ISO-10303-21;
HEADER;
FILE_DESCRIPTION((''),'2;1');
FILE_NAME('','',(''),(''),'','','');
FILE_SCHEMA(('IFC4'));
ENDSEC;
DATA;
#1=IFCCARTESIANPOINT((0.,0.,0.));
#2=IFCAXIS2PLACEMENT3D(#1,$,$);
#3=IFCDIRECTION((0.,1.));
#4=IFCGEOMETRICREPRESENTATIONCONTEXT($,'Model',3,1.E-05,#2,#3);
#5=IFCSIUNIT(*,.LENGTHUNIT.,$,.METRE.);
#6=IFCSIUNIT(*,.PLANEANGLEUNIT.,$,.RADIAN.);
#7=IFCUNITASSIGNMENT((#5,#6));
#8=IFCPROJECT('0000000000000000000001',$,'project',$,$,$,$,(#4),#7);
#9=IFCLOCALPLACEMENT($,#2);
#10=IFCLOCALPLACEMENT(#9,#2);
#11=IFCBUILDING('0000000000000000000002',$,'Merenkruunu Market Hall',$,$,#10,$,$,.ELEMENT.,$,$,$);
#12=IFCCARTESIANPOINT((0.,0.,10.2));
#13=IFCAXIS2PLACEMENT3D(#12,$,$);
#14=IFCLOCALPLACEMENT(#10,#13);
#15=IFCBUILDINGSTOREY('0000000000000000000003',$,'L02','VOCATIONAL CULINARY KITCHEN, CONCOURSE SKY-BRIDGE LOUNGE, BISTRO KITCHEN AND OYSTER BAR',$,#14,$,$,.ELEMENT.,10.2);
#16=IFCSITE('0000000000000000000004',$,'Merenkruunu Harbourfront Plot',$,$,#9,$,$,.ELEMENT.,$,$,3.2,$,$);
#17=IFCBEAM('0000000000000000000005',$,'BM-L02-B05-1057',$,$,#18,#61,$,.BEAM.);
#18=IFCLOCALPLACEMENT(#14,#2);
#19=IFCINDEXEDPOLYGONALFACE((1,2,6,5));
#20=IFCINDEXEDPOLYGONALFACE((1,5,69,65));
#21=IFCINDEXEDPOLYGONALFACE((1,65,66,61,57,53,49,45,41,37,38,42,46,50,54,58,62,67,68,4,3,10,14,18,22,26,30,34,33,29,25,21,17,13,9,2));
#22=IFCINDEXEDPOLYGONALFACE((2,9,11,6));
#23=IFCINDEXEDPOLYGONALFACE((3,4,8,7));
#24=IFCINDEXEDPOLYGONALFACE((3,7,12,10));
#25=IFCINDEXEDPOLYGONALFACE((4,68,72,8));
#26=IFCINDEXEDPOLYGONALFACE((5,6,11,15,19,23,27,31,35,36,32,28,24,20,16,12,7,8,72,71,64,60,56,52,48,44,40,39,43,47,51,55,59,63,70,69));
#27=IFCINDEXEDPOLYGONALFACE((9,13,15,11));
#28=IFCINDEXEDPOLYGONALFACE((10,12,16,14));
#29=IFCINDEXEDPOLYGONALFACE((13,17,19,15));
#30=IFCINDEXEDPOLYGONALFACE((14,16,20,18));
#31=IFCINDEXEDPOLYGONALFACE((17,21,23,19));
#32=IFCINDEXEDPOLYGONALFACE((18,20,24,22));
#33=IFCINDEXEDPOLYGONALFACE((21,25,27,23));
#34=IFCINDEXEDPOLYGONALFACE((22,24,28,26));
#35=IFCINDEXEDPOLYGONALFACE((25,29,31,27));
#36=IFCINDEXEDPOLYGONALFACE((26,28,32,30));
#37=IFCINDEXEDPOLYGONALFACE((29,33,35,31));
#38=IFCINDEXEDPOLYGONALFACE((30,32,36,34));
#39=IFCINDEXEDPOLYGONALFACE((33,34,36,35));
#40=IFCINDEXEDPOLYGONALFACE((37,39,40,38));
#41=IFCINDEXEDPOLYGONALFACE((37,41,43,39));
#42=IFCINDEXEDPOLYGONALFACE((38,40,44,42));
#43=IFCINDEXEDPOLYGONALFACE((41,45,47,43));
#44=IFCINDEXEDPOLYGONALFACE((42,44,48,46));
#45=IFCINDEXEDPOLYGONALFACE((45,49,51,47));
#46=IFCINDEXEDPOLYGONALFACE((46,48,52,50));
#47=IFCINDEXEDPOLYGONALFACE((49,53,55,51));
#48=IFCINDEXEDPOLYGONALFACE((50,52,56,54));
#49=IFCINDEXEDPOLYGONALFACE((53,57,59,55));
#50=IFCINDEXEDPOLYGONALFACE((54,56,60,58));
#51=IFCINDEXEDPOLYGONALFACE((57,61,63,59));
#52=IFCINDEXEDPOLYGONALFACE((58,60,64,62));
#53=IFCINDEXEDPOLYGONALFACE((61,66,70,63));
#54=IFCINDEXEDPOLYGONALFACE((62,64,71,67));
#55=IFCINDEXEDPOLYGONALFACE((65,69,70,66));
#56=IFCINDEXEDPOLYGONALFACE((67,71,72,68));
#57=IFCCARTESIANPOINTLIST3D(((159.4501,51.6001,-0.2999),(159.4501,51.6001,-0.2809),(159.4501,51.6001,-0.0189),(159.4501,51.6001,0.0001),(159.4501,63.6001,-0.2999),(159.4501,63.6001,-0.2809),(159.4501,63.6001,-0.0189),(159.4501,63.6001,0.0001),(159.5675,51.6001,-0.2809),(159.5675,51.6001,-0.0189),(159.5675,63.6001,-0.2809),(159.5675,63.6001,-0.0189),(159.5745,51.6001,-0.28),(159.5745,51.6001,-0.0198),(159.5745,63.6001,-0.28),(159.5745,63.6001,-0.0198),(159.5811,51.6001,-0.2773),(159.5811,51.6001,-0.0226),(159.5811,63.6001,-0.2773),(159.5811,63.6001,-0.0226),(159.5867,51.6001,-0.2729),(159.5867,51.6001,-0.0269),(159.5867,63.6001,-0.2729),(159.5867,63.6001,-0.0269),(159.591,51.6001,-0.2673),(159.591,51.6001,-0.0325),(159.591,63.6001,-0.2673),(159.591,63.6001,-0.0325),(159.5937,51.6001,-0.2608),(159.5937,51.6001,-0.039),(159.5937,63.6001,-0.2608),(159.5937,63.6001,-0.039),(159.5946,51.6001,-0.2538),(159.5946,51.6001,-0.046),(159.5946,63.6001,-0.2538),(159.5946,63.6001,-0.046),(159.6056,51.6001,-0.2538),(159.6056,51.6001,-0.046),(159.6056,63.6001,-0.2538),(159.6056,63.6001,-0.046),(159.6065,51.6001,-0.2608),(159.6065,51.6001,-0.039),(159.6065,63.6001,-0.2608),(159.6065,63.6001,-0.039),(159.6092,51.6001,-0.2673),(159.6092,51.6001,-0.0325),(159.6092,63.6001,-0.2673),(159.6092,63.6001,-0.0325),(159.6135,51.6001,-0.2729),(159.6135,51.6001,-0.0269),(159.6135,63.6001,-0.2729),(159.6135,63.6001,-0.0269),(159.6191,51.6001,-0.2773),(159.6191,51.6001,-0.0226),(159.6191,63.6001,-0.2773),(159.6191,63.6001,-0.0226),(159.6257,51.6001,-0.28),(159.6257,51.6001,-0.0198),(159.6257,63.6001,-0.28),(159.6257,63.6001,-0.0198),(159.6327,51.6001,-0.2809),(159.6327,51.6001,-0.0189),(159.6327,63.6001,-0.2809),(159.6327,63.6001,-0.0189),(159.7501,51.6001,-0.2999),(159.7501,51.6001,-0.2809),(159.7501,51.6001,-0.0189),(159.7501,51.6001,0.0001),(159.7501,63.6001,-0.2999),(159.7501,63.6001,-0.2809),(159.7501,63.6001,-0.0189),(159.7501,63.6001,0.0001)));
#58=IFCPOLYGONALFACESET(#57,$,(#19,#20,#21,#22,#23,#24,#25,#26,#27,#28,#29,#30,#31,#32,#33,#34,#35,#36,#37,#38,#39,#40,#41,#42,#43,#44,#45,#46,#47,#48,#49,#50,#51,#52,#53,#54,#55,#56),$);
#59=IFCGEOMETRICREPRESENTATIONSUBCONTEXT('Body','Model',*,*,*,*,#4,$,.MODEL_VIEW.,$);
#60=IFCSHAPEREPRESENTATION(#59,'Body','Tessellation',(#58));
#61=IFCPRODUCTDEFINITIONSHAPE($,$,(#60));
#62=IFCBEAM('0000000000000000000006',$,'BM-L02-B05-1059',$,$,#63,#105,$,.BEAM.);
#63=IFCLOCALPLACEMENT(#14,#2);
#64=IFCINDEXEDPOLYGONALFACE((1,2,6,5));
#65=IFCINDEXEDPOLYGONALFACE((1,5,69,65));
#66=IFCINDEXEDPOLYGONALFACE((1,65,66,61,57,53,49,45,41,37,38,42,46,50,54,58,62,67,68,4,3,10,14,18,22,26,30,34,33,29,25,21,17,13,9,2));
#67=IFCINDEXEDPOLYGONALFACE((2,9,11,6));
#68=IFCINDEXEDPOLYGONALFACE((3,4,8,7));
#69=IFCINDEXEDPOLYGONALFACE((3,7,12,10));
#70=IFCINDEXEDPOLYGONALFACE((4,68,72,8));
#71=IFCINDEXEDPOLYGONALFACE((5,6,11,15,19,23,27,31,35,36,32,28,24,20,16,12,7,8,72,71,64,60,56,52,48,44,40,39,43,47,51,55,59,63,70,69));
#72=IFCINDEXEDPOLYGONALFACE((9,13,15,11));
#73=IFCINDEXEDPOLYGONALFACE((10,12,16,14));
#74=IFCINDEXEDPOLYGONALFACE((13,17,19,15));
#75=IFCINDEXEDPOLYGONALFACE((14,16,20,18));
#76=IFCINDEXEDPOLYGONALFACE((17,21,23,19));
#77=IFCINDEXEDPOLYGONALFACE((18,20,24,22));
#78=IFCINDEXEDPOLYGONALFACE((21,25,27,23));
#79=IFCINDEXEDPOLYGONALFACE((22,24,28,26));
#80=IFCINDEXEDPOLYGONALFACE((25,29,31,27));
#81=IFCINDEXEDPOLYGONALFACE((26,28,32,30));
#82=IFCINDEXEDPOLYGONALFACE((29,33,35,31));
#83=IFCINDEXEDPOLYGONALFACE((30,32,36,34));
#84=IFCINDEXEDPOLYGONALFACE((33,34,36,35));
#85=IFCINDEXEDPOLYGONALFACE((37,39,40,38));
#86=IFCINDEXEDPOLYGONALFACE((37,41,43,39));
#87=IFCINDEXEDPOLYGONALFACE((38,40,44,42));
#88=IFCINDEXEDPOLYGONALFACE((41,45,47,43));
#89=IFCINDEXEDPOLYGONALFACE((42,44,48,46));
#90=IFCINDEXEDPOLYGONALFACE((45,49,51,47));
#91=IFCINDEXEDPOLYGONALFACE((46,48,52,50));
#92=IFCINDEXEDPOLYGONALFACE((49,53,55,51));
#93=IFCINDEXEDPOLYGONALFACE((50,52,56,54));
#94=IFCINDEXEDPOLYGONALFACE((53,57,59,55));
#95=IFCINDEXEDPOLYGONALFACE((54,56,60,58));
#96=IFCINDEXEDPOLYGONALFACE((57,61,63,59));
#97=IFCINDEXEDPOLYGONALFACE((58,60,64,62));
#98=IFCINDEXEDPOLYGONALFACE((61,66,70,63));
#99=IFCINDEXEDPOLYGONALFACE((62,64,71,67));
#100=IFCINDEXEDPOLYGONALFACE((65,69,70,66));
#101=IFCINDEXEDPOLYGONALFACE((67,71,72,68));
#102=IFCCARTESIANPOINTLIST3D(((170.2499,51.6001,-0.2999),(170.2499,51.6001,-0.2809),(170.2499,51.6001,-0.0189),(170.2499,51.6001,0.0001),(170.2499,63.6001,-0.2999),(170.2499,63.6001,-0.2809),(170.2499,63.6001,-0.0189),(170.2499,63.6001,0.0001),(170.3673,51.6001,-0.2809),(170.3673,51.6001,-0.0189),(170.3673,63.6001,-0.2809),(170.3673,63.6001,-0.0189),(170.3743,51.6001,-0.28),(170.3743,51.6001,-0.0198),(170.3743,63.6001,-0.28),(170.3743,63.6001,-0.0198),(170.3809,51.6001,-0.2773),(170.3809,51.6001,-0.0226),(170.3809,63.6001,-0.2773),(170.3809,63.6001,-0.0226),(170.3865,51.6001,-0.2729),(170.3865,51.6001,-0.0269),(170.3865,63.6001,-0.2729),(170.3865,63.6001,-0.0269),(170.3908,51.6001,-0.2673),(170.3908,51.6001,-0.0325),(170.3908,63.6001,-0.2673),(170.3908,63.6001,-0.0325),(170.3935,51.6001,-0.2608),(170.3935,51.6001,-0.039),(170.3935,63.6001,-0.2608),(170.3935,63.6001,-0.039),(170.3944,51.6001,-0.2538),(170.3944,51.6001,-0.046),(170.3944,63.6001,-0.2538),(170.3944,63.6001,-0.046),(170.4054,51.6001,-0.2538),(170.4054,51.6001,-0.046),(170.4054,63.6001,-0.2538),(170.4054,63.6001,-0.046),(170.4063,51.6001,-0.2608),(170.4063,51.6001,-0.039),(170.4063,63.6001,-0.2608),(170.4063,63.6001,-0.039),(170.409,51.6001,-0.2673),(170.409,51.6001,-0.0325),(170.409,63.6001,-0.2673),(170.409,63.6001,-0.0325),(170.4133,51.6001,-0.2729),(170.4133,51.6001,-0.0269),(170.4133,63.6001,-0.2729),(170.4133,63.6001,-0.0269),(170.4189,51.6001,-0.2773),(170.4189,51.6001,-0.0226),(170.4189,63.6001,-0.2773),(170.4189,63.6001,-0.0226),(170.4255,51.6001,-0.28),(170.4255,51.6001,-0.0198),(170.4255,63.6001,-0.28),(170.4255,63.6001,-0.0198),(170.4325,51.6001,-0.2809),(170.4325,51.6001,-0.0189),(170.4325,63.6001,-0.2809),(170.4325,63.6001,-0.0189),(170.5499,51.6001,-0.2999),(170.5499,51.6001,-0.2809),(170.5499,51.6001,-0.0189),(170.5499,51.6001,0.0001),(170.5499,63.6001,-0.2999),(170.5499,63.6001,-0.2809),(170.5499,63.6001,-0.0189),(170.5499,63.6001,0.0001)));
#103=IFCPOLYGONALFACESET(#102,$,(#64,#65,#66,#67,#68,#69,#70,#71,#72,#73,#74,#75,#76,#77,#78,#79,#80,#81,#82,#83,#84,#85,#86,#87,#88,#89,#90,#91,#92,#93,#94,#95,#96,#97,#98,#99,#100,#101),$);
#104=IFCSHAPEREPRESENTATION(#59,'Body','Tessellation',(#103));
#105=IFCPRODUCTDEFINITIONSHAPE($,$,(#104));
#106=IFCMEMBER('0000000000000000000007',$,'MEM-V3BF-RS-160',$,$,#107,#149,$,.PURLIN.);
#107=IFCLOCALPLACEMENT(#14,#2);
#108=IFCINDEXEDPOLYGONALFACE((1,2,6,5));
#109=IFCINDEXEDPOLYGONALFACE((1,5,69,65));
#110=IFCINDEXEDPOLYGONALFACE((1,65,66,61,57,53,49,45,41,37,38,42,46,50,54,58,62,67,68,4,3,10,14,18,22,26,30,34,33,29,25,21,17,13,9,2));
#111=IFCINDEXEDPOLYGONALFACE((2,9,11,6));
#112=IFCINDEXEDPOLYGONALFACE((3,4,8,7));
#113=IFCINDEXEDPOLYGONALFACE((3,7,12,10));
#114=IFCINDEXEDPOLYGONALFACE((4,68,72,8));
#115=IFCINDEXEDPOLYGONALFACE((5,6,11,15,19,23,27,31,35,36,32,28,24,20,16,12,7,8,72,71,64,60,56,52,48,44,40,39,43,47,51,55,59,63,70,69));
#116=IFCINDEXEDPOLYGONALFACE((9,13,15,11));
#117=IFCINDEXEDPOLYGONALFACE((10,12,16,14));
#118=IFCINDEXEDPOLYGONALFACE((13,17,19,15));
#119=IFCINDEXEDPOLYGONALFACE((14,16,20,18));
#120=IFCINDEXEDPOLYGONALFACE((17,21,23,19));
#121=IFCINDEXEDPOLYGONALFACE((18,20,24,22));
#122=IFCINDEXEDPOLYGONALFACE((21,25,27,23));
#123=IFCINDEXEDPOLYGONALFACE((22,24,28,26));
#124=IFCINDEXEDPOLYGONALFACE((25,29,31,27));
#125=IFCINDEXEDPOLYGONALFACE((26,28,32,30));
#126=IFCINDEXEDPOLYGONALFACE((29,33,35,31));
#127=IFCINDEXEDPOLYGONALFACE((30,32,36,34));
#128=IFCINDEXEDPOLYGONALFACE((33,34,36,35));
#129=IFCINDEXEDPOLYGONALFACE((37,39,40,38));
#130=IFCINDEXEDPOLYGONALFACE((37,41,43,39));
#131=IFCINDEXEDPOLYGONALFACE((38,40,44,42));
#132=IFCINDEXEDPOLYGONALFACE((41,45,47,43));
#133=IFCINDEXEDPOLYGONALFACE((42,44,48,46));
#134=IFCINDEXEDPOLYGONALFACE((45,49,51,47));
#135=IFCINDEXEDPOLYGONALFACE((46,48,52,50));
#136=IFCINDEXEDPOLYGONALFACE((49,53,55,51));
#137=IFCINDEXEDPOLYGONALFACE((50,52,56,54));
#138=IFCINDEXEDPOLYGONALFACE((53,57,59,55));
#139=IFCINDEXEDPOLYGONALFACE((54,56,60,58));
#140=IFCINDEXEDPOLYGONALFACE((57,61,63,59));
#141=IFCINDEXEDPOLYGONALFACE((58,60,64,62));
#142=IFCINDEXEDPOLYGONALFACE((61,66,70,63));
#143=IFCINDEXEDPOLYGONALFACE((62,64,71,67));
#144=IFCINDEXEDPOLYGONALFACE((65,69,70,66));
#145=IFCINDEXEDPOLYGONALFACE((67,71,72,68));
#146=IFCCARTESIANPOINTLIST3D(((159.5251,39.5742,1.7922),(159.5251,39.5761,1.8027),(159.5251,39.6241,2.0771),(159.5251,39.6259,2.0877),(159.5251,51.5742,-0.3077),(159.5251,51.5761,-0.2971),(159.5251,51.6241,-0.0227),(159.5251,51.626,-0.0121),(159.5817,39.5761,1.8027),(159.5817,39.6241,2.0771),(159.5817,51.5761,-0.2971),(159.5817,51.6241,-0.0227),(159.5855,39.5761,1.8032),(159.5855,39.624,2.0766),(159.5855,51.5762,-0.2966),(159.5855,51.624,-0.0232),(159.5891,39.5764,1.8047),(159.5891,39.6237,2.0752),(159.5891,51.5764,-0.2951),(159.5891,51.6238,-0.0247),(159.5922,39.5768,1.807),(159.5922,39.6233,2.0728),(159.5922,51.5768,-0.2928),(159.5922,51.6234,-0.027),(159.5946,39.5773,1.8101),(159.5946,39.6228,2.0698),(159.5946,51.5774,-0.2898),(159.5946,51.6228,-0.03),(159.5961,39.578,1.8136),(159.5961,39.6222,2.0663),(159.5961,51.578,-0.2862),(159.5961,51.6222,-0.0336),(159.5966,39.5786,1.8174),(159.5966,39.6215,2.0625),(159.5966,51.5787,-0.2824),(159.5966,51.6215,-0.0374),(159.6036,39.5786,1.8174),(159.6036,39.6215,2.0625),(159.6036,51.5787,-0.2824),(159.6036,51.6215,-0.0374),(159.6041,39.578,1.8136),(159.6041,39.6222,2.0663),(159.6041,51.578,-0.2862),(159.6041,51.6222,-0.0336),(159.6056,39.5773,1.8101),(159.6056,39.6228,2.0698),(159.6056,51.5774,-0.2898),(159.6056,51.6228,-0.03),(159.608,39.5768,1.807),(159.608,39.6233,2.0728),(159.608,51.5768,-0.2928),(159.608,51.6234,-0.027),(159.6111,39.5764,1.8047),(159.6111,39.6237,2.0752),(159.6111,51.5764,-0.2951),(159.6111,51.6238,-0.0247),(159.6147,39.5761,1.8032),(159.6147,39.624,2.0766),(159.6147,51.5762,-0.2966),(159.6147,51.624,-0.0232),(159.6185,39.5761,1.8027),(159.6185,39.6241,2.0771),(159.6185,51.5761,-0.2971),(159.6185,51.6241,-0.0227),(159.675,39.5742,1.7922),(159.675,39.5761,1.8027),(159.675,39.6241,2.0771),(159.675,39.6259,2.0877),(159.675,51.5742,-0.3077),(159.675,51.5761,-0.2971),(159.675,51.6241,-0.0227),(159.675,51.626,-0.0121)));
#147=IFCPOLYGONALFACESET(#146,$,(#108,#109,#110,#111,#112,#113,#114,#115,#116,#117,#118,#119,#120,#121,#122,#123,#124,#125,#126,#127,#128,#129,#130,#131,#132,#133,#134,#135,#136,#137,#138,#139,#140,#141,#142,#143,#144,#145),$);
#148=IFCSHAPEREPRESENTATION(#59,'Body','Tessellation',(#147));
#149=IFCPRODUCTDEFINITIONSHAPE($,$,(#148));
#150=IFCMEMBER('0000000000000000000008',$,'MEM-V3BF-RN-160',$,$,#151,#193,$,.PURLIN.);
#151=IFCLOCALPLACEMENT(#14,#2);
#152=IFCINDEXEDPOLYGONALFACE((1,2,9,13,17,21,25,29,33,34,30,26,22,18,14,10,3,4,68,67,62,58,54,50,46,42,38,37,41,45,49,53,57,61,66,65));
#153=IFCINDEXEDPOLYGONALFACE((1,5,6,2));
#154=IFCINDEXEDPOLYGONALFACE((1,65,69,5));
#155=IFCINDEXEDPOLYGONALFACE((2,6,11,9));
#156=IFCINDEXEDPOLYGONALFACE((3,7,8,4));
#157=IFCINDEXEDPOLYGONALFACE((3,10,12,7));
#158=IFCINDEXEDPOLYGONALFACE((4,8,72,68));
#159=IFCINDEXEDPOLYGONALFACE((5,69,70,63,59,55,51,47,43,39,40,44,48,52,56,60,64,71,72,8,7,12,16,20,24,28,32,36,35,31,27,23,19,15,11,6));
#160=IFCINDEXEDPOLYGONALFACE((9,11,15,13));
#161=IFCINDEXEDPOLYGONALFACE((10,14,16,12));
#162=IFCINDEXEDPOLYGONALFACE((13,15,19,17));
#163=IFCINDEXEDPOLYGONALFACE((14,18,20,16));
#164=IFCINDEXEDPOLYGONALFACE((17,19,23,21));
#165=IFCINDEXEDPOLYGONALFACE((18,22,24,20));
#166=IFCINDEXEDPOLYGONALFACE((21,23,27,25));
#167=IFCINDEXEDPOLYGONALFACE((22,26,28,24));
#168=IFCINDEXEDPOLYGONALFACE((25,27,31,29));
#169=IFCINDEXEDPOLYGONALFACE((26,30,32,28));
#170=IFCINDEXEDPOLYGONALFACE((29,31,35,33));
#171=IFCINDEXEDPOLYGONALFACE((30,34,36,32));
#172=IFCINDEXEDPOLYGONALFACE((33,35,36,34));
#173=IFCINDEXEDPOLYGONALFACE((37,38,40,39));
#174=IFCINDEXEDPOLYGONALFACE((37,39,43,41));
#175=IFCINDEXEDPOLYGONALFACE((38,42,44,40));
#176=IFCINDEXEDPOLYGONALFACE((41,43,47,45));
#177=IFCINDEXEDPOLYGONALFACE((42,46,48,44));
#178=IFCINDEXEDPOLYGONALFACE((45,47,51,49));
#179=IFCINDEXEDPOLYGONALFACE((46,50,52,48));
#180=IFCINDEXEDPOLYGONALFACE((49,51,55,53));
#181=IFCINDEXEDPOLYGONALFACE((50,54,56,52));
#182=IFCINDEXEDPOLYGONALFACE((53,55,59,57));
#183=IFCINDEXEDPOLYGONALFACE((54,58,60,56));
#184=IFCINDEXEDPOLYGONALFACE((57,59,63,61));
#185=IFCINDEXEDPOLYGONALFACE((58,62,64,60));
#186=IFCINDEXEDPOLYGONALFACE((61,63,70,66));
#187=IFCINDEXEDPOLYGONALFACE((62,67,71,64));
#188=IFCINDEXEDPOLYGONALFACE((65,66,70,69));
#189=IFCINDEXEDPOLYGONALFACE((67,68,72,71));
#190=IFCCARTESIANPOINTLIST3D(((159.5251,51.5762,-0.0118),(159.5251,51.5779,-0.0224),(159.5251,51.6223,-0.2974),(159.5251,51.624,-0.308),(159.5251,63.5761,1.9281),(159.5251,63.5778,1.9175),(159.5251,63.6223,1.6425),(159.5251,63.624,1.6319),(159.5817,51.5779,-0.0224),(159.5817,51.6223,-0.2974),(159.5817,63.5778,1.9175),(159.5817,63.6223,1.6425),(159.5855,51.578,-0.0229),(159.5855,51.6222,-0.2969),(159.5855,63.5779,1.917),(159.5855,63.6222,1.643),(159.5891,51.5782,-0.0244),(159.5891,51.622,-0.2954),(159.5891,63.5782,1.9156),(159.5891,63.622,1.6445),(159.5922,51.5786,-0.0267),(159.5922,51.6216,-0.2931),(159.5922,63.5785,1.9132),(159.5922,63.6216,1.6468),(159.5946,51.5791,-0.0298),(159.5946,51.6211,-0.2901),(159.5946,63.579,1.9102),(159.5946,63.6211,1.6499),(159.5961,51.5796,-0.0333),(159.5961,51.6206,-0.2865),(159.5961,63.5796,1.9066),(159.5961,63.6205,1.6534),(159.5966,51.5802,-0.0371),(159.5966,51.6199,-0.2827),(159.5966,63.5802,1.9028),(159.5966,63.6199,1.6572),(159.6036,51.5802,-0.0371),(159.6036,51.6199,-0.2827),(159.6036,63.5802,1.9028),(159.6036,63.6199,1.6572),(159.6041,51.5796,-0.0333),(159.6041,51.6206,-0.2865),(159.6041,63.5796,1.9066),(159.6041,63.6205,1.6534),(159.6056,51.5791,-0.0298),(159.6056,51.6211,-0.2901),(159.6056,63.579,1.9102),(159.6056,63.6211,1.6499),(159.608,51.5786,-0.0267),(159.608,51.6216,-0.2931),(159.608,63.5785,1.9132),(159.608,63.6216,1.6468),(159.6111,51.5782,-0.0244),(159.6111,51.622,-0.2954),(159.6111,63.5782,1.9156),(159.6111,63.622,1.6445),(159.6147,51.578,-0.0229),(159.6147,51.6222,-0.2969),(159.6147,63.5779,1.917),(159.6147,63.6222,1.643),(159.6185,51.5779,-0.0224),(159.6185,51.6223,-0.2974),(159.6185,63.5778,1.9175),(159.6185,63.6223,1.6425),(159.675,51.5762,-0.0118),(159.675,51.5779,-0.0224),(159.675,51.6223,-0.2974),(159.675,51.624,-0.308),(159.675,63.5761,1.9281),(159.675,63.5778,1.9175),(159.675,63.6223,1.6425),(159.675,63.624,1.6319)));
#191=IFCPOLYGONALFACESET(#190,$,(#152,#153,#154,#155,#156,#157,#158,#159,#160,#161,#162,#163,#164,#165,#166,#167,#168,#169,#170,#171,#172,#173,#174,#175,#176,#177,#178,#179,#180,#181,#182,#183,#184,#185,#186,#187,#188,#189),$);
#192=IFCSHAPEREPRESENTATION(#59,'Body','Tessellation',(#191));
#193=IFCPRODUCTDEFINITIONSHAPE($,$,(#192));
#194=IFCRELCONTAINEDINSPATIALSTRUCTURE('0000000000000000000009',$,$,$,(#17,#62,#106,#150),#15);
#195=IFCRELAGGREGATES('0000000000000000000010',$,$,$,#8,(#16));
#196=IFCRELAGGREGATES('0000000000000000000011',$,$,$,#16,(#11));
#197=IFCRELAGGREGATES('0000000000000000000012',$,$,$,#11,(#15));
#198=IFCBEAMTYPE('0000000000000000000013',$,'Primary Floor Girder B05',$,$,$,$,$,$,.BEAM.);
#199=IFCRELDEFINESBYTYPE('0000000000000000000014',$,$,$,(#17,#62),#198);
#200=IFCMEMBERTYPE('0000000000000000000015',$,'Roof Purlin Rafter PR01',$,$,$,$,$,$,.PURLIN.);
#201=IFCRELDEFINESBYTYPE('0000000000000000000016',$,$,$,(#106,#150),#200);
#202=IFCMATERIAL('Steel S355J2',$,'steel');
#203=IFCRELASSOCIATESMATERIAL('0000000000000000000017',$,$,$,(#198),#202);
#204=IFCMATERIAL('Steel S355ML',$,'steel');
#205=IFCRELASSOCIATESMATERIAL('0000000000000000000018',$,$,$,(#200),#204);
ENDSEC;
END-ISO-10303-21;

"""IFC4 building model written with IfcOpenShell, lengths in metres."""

from ifc_helpers import new_model, si_unit, direction, frame, origin, origin_2d, place, context, subcontext, project, spatial, i_section, extrude, material, material_profile, profile_set, type_object, element, save


model = new_model("IFC4")

# Units and contexts
model_context = context("Model", 3, precision=1e-05, world=origin(), true_north=direction((0.0, 1.0)))
body_context = subcontext(model_context, "Body", "Model", "MODEL_VIEW")
ifc_project = project(units=[si_unit("LENGTHUNIT", "METRE"), si_unit("PLANEANGLEUNIT", "RADIAN")], contexts=[model_context])

# Site, building, storey
site_placement = place(None, origin())
site = spatial("IfcSite", under=ifc_project, at=site_placement, Name="Merenkruunu Harbourfront Plot", CompositionType="ELEMENT", RefElevation=3.2)
building_placement = place(site_placement, origin())
building = spatial("IfcBuilding", under=site, at=building_placement, Name="Merenkruunu Market Hall", CompositionType="ELEMENT")
storey_placement = place(building_placement, frame((0.0, 0.0, 10.2)))
storey = spatial("IfcBuildingStorey", under=building, at=storey_placement, Name="L02", Description="VOCATIONAL CULINARY KITCHEN, CONCOURSE SKY-BRIDGE LOUNGE, BISTRO KITCHEN AND OYSTER BAR", CompositionType="ELEMENT", Elevation=10.2)

# Beams
ifc_material_1 = material(Name="Steel S355J2", Category="steel")
ifc_material_profile_1 = material_profile(ifc_material_1, i_section(OverallWidth=0.3, OverallDepth=0.3, WebThickness=0.011, FlangeThickness=0.019, FilletRadius=0.0271, at=origin_2d()), Name="HEB 300")
ifc_profile_set_1 = profile_set([ifc_material_profile_1], Name="Steel S355J2")
beam_type = type_object("IfcBeamType", Name="Primary Floor Girder B05", PredefinedType="BEAM", material=ifc_profile_set_1)
for number, where, z_axis, x_axis, name in (
    (1, (159.6001, 51.6001, -0.1499), (0.0, 1.0, 0.0), (-1.0, 0.0, 0.0), "BM-L02-B05-1057"),
    (2, (170.3999, 51.6001, -0.1499), (0.0, 1.0, 0.0), (-1.0, 0.0, 0.0), "BM-L02-B05-1059"),
):
    element("IfcBeam", number, at=place(storey_placement, frame(where, z_axis=z_axis, x_axis=x_axis)), inside=storey, type_object=beam_type, Name=name, PredefinedType="BEAM", context=body_context, shape_type="SweptSolid", body=[
        extrude(i_section(OverallWidth=0.3, OverallDepth=0.3, WebThickness=0.011, FlangeThickness=0.019, FilletRadius=0.0271, at=origin_2d()), origin(), (0.0, 0.0, 1.0), 12.0),
    ])

# Members
ifc_material_2 = material(Name="Steel S355ML", Category="steel")
ifc_material_profile_2 = material_profile(ifc_material_2, i_section(OverallWidth=0.1499, OverallDepth=0.3, WebThickness=0.0071, FlangeThickness=0.0107, FilletRadius=0.0149, at=origin_2d()), Name="IPE 300")
ifc_profile_set_2 = profile_set([ifc_material_profile_2], Name="Steel S355ML")
member_type_1 = type_object("IfcMemberType", Name="Roof Purlin Rafter PR01", PredefinedType="PURLIN", material=ifc_profile_set_2)
member_1_placement = place(storey_placement, frame((159.6001, 51.6001, -0.1599), z_axis=(0.0, -0.985033, 0.172369), x_axis=(1.0, 0.0, 0.0)))
element("IfcMember", 3, at=member_1_placement, inside=storey, type_object=member_type_1, Name="MEM-V3BF-RS-160", PredefinedType="PURLIN", context=body_context, shape_type="SweptSolid", body=[
    extrude(i_section(OverallWidth=0.1499, OverallDepth=0.3, WebThickness=0.0071, FlangeThickness=0.0107, FilletRadius=0.0149, at=origin_2d()), origin(), (0.0, 0.0, 1.0), 12.1824),
])
member_2_placement = place(storey_placement, frame((159.6001, 51.6001, -0.1599), z_axis=(0.0, 0.987183, 0.15959), x_axis=(-1.0, 0.0, 0.0)))
element("IfcMember", 4, at=member_2_placement, inside=storey, type_object=member_type_1, Name="MEM-V3BF-RN-160", PredefinedType="PURLIN", context=body_context, shape_type="SweptSolid", body=[
    extrude(i_section(OverallWidth=0.1499, OverallDepth=0.3, WebThickness=0.0071, FlangeThickness=0.0107, FilletRadius=0.0149, at=origin_2d()), origin(), (0.0, 0.0, 1.0), 12.1558),
])

save(model, "model.ifc")
